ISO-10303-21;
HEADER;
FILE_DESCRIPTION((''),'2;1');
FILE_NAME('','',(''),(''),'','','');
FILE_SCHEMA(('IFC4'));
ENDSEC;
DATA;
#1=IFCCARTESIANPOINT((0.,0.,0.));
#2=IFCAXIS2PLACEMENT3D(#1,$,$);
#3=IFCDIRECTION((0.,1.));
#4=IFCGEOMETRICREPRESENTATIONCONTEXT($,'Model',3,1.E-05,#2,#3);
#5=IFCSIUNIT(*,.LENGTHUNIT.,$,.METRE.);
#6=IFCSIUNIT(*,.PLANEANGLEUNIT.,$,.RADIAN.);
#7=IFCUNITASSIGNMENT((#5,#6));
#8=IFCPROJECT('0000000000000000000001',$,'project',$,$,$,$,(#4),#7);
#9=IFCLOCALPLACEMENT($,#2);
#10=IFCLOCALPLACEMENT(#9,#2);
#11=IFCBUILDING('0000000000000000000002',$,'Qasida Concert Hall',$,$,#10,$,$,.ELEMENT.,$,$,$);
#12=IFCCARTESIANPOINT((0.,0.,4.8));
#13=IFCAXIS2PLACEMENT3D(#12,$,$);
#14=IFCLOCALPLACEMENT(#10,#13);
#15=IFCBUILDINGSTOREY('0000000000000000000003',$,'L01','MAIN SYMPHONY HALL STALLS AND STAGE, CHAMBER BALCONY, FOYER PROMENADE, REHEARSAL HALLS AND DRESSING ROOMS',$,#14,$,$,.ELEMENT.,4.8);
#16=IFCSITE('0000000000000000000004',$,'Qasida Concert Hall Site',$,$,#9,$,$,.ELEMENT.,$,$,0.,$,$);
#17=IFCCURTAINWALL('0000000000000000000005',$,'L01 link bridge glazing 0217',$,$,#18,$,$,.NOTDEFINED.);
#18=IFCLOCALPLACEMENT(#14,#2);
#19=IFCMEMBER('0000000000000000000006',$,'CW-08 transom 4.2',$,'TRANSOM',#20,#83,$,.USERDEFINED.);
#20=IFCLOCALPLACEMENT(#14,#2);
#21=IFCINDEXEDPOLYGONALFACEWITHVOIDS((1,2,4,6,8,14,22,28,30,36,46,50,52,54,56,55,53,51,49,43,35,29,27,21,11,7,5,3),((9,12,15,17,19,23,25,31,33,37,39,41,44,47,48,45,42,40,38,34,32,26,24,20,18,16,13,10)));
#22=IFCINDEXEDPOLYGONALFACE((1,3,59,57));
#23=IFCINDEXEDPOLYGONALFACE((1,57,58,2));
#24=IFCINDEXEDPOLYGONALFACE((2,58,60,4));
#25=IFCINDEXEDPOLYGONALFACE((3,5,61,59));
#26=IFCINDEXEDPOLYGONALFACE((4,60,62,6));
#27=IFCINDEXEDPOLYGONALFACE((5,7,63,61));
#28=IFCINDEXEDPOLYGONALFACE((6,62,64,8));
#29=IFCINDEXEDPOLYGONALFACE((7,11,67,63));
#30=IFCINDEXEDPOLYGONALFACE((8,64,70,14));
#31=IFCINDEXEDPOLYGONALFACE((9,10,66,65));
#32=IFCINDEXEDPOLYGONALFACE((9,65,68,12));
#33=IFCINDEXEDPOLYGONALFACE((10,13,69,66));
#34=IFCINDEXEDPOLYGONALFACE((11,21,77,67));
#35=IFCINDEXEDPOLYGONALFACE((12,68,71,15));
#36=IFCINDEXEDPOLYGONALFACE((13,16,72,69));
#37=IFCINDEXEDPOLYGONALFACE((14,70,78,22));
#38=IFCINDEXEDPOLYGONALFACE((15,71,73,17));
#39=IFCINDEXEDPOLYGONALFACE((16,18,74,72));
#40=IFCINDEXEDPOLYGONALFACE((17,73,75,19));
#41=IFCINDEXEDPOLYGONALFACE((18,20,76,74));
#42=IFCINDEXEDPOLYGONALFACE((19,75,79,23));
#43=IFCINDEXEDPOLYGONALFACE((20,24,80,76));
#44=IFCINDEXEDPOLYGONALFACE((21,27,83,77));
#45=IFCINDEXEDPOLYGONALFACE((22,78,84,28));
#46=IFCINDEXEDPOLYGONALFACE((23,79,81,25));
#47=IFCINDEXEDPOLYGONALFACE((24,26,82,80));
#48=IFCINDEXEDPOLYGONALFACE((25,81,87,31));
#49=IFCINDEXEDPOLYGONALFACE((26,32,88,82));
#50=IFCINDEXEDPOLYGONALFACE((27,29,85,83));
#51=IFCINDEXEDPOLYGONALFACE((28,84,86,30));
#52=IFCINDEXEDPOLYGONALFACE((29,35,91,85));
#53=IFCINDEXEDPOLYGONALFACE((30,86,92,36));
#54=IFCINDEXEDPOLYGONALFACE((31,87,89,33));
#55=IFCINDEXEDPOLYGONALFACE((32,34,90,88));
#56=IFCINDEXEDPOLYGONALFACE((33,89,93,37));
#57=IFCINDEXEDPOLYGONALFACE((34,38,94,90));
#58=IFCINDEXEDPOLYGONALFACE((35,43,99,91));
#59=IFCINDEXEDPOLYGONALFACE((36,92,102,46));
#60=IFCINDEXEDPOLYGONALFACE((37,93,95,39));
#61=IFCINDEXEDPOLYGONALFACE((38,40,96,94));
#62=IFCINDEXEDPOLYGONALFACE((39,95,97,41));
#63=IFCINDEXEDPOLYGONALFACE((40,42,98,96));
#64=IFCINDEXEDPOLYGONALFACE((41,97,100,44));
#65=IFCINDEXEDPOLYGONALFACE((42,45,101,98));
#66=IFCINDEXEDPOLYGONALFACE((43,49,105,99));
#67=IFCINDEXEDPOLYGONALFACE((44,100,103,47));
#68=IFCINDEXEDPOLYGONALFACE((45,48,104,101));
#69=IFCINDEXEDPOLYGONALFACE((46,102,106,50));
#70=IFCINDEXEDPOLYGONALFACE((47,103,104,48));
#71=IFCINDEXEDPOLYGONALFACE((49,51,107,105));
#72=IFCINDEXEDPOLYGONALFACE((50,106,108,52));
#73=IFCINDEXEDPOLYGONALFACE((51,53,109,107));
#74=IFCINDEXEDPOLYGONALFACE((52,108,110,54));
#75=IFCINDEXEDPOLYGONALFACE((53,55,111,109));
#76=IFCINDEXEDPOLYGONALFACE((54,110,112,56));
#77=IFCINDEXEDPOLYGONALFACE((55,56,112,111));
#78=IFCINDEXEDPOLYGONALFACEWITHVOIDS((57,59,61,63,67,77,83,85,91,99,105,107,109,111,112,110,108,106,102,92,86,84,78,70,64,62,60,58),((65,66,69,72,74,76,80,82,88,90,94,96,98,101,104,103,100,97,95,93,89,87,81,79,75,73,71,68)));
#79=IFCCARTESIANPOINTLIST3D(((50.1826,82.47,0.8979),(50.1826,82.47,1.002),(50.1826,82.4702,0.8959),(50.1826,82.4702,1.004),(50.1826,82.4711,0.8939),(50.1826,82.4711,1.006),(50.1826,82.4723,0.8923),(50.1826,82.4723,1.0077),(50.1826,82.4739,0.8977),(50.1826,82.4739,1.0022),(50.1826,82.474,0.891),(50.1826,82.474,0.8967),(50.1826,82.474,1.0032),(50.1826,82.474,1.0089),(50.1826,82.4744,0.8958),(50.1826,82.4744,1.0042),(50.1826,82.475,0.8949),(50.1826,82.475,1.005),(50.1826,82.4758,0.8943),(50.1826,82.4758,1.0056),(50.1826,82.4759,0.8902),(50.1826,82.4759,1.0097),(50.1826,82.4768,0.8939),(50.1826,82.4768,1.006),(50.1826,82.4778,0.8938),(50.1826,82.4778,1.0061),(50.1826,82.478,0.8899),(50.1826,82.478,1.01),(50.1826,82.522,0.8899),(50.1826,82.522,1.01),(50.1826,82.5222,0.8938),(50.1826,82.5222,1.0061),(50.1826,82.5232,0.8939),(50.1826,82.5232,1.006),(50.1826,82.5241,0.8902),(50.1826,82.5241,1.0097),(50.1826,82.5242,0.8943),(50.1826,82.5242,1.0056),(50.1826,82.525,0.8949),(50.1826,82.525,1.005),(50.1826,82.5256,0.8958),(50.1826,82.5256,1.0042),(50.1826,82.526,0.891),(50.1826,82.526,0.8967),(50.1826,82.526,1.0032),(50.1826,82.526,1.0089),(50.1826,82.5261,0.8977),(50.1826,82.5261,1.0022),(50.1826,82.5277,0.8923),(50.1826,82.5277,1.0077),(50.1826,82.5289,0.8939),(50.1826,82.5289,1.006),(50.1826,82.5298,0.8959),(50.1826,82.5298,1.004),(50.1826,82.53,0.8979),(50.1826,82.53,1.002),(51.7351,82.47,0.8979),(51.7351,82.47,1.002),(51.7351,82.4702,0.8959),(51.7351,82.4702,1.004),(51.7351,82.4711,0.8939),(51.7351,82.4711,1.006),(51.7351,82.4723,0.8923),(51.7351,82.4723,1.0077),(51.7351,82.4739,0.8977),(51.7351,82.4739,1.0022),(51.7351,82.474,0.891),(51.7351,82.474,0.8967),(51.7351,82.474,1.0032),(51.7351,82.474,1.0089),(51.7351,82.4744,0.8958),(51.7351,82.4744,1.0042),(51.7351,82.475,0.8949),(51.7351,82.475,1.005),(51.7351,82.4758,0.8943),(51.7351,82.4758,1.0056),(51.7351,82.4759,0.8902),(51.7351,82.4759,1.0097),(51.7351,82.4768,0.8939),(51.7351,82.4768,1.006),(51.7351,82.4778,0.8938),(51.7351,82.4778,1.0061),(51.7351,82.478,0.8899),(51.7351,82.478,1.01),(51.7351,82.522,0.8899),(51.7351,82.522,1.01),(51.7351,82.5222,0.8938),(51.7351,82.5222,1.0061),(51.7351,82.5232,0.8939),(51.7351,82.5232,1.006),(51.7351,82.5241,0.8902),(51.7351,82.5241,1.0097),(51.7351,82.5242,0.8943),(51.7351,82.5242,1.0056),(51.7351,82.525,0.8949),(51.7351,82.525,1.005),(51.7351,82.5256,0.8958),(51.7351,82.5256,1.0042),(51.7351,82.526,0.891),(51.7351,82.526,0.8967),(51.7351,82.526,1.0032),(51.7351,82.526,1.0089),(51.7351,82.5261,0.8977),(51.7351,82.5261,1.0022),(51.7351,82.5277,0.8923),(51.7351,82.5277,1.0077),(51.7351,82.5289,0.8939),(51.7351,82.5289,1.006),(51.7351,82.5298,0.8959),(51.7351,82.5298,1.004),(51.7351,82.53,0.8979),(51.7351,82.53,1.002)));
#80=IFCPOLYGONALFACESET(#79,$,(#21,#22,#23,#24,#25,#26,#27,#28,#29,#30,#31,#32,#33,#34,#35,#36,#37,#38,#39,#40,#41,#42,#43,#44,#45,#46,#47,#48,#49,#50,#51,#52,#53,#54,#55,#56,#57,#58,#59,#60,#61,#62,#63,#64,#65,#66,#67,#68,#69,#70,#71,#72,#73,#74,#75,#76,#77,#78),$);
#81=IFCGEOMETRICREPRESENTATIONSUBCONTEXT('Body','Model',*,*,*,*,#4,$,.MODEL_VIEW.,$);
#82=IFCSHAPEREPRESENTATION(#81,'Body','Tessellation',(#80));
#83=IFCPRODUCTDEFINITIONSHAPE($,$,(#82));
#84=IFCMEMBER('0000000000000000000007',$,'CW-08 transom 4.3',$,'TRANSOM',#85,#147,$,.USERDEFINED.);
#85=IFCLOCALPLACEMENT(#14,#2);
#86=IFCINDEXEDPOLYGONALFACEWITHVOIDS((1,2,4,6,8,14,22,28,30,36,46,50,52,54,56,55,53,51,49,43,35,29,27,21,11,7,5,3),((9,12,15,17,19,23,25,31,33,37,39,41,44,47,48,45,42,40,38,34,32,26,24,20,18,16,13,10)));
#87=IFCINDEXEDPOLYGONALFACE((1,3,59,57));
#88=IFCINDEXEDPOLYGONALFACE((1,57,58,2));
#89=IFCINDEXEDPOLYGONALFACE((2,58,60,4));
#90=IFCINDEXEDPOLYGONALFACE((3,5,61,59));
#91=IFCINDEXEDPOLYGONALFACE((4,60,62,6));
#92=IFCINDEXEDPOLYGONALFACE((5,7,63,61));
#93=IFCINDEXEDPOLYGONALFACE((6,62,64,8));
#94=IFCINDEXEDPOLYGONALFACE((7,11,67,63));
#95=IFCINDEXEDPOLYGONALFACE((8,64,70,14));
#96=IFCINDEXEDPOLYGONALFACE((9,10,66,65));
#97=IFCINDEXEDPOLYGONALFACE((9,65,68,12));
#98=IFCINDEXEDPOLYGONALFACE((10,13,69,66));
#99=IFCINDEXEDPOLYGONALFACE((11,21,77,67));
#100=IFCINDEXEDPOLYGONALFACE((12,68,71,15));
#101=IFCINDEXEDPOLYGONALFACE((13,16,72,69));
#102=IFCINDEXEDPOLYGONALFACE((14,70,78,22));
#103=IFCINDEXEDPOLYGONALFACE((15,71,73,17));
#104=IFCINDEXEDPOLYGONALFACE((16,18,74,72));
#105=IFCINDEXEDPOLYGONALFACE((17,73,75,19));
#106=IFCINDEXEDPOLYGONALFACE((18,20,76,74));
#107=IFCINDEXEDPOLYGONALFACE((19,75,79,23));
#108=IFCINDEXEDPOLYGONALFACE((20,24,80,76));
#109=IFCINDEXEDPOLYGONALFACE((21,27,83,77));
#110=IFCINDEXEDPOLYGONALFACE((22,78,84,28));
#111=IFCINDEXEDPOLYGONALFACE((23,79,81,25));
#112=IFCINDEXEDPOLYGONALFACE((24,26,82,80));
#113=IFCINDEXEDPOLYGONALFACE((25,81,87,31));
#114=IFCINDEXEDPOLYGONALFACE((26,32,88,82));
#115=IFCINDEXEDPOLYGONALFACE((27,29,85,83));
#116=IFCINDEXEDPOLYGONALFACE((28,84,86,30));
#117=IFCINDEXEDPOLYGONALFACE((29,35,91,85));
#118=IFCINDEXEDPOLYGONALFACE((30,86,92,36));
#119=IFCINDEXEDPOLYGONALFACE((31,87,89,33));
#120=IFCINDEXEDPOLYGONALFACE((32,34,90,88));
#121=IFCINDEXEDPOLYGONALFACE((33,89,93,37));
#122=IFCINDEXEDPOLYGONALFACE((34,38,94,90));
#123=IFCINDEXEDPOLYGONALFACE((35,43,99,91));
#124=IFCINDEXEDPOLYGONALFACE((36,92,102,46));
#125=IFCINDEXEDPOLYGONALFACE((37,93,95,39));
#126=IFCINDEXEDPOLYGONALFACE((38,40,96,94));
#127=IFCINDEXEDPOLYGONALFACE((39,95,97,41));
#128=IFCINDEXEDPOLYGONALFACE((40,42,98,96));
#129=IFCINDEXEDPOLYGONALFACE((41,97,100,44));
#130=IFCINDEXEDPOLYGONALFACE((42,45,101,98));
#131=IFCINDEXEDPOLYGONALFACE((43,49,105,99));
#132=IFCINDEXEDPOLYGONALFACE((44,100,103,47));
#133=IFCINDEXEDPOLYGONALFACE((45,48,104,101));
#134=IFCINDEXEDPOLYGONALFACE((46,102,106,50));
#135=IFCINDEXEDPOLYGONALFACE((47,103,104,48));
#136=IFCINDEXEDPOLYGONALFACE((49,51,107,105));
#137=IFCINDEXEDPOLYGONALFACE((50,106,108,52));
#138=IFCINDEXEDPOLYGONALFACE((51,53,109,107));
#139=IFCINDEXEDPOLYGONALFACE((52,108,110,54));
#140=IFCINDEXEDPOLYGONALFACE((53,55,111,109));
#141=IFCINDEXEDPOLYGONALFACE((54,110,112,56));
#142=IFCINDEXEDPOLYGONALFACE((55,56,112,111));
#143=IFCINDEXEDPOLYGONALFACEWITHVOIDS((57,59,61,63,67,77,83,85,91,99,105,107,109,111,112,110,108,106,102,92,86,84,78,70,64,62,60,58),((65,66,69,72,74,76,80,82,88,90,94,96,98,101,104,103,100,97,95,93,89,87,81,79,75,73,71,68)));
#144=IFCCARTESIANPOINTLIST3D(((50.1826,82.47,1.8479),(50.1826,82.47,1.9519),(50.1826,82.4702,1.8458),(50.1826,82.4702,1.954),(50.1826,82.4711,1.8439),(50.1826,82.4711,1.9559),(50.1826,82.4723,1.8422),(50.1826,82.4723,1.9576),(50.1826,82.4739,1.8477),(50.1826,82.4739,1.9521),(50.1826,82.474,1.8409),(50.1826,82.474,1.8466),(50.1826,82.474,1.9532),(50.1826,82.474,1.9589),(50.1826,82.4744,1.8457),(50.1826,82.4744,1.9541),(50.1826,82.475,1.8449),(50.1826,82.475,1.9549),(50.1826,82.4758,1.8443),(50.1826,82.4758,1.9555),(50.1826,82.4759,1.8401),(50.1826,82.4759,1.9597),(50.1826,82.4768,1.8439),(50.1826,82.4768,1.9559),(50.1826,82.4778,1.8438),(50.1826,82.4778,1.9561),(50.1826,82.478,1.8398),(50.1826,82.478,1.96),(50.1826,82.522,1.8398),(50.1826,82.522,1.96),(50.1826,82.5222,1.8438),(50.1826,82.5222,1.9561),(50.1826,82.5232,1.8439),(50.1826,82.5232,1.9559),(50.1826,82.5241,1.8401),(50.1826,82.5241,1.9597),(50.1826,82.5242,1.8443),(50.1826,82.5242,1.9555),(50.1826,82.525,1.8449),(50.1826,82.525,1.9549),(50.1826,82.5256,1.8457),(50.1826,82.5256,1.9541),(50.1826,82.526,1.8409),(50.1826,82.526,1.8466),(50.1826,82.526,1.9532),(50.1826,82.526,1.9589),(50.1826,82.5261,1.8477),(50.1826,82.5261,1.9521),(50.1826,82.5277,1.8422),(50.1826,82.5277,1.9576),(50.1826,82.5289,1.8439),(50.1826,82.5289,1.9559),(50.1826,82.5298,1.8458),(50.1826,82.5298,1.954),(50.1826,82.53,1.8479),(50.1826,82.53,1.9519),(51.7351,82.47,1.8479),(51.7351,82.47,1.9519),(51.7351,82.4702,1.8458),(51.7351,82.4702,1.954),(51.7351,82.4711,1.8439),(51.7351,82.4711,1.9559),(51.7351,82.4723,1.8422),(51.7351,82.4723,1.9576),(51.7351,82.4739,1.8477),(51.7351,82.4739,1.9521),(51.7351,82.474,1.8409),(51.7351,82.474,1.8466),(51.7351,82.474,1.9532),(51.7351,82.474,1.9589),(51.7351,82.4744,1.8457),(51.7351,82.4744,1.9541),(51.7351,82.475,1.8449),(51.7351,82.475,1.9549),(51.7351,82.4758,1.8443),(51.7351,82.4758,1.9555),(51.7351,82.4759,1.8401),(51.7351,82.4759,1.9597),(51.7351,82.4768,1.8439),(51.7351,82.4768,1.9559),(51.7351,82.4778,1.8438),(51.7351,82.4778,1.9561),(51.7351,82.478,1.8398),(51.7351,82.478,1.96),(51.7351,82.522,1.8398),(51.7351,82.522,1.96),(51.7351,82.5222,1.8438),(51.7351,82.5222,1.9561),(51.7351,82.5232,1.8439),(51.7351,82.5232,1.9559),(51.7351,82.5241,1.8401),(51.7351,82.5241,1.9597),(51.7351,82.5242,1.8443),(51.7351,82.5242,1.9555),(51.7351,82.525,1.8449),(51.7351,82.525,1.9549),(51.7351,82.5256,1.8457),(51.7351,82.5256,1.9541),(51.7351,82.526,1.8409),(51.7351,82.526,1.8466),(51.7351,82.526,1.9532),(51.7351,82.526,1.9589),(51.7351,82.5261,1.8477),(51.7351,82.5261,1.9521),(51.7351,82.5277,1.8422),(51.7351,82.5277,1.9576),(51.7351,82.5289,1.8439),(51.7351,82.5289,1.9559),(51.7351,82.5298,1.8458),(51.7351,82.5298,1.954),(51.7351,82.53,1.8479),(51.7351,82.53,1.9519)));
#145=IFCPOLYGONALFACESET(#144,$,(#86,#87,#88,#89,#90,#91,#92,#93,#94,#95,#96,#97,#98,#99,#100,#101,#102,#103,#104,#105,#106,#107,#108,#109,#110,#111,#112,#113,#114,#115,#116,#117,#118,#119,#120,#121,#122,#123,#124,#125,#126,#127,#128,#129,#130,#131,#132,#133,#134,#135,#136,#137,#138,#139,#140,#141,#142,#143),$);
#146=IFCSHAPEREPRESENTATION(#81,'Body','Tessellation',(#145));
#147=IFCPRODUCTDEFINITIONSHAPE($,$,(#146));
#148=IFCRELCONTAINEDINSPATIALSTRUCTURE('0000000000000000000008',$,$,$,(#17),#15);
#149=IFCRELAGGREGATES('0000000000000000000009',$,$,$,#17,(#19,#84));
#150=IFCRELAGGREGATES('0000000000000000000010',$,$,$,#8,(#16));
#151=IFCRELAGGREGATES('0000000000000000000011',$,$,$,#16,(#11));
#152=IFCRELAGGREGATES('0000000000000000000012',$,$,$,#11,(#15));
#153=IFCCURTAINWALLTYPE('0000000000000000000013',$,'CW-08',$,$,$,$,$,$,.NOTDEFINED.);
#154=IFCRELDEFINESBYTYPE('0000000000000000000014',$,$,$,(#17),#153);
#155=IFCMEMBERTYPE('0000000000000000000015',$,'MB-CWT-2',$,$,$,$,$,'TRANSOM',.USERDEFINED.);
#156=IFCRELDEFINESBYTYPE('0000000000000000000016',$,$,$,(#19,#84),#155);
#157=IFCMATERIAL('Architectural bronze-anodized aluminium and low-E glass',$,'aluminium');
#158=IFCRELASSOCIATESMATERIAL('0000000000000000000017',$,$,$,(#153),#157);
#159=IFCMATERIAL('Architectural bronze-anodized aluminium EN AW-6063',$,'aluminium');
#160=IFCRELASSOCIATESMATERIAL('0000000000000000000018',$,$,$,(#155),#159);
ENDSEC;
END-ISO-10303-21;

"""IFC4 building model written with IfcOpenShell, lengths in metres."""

from ifc_helpers import new_model, si_unit, direction, frame, origin, origin_2d, place, context, subcontext, project, spatial, hollow_rectangle, extrude, material, material_profile, profile_set, type_object, element, aggregate, save


model = new_model("IFC4")

# Units and contexts
model_context = context("Model", 3, precision=1e-05, world=origin(), true_north=direction((0.0, 1.0)))
body_context = subcontext(model_context, "Body", "Model", "MODEL_VIEW")
ifc_project = project(units=[si_unit("LENGTHUNIT", "METRE"), si_unit("PLANEANGLEUNIT", "RADIAN")], contexts=[model_context])

# Site, building, storey
site_placement = place(None, origin())
site = spatial("IfcSite", under=ifc_project, at=site_placement, Name="Qasida Concert Hall Site", CompositionType="ELEMENT", RefElevation=0.0)
building_placement = place(site_placement, origin())
building = spatial("IfcBuilding", under=site, at=building_placement, Name="Qasida Concert Hall", CompositionType="ELEMENT")
storey_placement = place(building_placement, frame((0.0, 0.0, 4.8)))
storey = spatial("IfcBuildingStorey", under=building, at=storey_placement, Name="L01", Description="MAIN SYMPHONY HALL STALLS AND STAGE, CHAMBER BALCONY, FOYER PROMENADE, REHEARSAL HALLS AND DRESSING ROOMS", CompositionType="ELEMENT", Elevation=4.8)

# Curtain wall, members
ifc_material_1 = material(Name="Architectural bronze-anodized aluminium and low-E glass", Category="aluminium")
curtain_wall_type = type_object("IfcCurtainWallType", Name="CW-08", PredefinedType="NOTDEFINED", material=ifc_material_1)
curtain_wall_placement = place(storey_placement, origin())
curtain_wall = element("IfcCurtainWall", 1, at=curtain_wall_placement, inside=storey, type_object=curtain_wall_type, Name="L01 link bridge glazing 0217", PredefinedType="NOTDEFINED")
ifc_material_2 = material(Name="Architectural bronze-anodized aluminium EN AW-6063", Category="aluminium")
ifc_material_profile_1 = material_profile(ifc_material_2, hollow_rectangle(XDim=0.0601, YDim=0.1201, WallThickness=0.0039, InnerFilletRadius=0.0039, OuterFilletRadius=0.0081, at=origin_2d()), Name="CWT 120x60x4")
ifc_profile_set_1 = profile_set([ifc_material_profile_1], Name="Architectural bronze-anodized aluminium EN AW-6063")
member_type_1 = type_object("IfcMemberType", Name="MB-CWT-2", ElementType="TRANSOM", PredefinedType="USERDEFINED", material=ifc_profile_set_1)
member_1_placement = place(storey_placement, frame((50.1826, 82.5, 0.95), z_axis=(1.0, 0.0, 0.0), x_axis=(0.0, 1.0, 0.0)))
member_1 = element("IfcMember", 2, at=member_1_placement, type_object=member_type_1, Name="CW-08 transom 4.2", ObjectType="TRANSOM", PredefinedType="USERDEFINED", context=body_context, shape_type="SweptSolid", body=[
    extrude(hollow_rectangle(XDim=0.0601, YDim=0.1201, WallThickness=0.0039, InnerFilletRadius=0.0039, OuterFilletRadius=0.0081, at=origin_2d()), origin(), (0.0, 0.0, 1.0), 1.5525),
])
member_2_placement = place(storey_placement, frame((50.1826, 82.5, 1.8999), z_axis=(1.0, 0.0, 0.0), x_axis=(0.0, 1.0, 0.0)))
member_2 = element("IfcMember", 3, at=member_2_placement, type_object=member_type_1, Name="CW-08 transom 4.3", ObjectType="TRANSOM", PredefinedType="USERDEFINED", context=body_context, shape_type="SweptSolid", body=[
    extrude(hollow_rectangle(XDim=0.0601, YDim=0.1201, WallThickness=0.0039, InnerFilletRadius=0.0039, OuterFilletRadius=0.0081, at=origin_2d()), origin(), (0.0, 0.0, 1.0), 1.5525),
])
aggregate(curtain_wall, [member_1, member_2])

save(model, "model.ifc")
